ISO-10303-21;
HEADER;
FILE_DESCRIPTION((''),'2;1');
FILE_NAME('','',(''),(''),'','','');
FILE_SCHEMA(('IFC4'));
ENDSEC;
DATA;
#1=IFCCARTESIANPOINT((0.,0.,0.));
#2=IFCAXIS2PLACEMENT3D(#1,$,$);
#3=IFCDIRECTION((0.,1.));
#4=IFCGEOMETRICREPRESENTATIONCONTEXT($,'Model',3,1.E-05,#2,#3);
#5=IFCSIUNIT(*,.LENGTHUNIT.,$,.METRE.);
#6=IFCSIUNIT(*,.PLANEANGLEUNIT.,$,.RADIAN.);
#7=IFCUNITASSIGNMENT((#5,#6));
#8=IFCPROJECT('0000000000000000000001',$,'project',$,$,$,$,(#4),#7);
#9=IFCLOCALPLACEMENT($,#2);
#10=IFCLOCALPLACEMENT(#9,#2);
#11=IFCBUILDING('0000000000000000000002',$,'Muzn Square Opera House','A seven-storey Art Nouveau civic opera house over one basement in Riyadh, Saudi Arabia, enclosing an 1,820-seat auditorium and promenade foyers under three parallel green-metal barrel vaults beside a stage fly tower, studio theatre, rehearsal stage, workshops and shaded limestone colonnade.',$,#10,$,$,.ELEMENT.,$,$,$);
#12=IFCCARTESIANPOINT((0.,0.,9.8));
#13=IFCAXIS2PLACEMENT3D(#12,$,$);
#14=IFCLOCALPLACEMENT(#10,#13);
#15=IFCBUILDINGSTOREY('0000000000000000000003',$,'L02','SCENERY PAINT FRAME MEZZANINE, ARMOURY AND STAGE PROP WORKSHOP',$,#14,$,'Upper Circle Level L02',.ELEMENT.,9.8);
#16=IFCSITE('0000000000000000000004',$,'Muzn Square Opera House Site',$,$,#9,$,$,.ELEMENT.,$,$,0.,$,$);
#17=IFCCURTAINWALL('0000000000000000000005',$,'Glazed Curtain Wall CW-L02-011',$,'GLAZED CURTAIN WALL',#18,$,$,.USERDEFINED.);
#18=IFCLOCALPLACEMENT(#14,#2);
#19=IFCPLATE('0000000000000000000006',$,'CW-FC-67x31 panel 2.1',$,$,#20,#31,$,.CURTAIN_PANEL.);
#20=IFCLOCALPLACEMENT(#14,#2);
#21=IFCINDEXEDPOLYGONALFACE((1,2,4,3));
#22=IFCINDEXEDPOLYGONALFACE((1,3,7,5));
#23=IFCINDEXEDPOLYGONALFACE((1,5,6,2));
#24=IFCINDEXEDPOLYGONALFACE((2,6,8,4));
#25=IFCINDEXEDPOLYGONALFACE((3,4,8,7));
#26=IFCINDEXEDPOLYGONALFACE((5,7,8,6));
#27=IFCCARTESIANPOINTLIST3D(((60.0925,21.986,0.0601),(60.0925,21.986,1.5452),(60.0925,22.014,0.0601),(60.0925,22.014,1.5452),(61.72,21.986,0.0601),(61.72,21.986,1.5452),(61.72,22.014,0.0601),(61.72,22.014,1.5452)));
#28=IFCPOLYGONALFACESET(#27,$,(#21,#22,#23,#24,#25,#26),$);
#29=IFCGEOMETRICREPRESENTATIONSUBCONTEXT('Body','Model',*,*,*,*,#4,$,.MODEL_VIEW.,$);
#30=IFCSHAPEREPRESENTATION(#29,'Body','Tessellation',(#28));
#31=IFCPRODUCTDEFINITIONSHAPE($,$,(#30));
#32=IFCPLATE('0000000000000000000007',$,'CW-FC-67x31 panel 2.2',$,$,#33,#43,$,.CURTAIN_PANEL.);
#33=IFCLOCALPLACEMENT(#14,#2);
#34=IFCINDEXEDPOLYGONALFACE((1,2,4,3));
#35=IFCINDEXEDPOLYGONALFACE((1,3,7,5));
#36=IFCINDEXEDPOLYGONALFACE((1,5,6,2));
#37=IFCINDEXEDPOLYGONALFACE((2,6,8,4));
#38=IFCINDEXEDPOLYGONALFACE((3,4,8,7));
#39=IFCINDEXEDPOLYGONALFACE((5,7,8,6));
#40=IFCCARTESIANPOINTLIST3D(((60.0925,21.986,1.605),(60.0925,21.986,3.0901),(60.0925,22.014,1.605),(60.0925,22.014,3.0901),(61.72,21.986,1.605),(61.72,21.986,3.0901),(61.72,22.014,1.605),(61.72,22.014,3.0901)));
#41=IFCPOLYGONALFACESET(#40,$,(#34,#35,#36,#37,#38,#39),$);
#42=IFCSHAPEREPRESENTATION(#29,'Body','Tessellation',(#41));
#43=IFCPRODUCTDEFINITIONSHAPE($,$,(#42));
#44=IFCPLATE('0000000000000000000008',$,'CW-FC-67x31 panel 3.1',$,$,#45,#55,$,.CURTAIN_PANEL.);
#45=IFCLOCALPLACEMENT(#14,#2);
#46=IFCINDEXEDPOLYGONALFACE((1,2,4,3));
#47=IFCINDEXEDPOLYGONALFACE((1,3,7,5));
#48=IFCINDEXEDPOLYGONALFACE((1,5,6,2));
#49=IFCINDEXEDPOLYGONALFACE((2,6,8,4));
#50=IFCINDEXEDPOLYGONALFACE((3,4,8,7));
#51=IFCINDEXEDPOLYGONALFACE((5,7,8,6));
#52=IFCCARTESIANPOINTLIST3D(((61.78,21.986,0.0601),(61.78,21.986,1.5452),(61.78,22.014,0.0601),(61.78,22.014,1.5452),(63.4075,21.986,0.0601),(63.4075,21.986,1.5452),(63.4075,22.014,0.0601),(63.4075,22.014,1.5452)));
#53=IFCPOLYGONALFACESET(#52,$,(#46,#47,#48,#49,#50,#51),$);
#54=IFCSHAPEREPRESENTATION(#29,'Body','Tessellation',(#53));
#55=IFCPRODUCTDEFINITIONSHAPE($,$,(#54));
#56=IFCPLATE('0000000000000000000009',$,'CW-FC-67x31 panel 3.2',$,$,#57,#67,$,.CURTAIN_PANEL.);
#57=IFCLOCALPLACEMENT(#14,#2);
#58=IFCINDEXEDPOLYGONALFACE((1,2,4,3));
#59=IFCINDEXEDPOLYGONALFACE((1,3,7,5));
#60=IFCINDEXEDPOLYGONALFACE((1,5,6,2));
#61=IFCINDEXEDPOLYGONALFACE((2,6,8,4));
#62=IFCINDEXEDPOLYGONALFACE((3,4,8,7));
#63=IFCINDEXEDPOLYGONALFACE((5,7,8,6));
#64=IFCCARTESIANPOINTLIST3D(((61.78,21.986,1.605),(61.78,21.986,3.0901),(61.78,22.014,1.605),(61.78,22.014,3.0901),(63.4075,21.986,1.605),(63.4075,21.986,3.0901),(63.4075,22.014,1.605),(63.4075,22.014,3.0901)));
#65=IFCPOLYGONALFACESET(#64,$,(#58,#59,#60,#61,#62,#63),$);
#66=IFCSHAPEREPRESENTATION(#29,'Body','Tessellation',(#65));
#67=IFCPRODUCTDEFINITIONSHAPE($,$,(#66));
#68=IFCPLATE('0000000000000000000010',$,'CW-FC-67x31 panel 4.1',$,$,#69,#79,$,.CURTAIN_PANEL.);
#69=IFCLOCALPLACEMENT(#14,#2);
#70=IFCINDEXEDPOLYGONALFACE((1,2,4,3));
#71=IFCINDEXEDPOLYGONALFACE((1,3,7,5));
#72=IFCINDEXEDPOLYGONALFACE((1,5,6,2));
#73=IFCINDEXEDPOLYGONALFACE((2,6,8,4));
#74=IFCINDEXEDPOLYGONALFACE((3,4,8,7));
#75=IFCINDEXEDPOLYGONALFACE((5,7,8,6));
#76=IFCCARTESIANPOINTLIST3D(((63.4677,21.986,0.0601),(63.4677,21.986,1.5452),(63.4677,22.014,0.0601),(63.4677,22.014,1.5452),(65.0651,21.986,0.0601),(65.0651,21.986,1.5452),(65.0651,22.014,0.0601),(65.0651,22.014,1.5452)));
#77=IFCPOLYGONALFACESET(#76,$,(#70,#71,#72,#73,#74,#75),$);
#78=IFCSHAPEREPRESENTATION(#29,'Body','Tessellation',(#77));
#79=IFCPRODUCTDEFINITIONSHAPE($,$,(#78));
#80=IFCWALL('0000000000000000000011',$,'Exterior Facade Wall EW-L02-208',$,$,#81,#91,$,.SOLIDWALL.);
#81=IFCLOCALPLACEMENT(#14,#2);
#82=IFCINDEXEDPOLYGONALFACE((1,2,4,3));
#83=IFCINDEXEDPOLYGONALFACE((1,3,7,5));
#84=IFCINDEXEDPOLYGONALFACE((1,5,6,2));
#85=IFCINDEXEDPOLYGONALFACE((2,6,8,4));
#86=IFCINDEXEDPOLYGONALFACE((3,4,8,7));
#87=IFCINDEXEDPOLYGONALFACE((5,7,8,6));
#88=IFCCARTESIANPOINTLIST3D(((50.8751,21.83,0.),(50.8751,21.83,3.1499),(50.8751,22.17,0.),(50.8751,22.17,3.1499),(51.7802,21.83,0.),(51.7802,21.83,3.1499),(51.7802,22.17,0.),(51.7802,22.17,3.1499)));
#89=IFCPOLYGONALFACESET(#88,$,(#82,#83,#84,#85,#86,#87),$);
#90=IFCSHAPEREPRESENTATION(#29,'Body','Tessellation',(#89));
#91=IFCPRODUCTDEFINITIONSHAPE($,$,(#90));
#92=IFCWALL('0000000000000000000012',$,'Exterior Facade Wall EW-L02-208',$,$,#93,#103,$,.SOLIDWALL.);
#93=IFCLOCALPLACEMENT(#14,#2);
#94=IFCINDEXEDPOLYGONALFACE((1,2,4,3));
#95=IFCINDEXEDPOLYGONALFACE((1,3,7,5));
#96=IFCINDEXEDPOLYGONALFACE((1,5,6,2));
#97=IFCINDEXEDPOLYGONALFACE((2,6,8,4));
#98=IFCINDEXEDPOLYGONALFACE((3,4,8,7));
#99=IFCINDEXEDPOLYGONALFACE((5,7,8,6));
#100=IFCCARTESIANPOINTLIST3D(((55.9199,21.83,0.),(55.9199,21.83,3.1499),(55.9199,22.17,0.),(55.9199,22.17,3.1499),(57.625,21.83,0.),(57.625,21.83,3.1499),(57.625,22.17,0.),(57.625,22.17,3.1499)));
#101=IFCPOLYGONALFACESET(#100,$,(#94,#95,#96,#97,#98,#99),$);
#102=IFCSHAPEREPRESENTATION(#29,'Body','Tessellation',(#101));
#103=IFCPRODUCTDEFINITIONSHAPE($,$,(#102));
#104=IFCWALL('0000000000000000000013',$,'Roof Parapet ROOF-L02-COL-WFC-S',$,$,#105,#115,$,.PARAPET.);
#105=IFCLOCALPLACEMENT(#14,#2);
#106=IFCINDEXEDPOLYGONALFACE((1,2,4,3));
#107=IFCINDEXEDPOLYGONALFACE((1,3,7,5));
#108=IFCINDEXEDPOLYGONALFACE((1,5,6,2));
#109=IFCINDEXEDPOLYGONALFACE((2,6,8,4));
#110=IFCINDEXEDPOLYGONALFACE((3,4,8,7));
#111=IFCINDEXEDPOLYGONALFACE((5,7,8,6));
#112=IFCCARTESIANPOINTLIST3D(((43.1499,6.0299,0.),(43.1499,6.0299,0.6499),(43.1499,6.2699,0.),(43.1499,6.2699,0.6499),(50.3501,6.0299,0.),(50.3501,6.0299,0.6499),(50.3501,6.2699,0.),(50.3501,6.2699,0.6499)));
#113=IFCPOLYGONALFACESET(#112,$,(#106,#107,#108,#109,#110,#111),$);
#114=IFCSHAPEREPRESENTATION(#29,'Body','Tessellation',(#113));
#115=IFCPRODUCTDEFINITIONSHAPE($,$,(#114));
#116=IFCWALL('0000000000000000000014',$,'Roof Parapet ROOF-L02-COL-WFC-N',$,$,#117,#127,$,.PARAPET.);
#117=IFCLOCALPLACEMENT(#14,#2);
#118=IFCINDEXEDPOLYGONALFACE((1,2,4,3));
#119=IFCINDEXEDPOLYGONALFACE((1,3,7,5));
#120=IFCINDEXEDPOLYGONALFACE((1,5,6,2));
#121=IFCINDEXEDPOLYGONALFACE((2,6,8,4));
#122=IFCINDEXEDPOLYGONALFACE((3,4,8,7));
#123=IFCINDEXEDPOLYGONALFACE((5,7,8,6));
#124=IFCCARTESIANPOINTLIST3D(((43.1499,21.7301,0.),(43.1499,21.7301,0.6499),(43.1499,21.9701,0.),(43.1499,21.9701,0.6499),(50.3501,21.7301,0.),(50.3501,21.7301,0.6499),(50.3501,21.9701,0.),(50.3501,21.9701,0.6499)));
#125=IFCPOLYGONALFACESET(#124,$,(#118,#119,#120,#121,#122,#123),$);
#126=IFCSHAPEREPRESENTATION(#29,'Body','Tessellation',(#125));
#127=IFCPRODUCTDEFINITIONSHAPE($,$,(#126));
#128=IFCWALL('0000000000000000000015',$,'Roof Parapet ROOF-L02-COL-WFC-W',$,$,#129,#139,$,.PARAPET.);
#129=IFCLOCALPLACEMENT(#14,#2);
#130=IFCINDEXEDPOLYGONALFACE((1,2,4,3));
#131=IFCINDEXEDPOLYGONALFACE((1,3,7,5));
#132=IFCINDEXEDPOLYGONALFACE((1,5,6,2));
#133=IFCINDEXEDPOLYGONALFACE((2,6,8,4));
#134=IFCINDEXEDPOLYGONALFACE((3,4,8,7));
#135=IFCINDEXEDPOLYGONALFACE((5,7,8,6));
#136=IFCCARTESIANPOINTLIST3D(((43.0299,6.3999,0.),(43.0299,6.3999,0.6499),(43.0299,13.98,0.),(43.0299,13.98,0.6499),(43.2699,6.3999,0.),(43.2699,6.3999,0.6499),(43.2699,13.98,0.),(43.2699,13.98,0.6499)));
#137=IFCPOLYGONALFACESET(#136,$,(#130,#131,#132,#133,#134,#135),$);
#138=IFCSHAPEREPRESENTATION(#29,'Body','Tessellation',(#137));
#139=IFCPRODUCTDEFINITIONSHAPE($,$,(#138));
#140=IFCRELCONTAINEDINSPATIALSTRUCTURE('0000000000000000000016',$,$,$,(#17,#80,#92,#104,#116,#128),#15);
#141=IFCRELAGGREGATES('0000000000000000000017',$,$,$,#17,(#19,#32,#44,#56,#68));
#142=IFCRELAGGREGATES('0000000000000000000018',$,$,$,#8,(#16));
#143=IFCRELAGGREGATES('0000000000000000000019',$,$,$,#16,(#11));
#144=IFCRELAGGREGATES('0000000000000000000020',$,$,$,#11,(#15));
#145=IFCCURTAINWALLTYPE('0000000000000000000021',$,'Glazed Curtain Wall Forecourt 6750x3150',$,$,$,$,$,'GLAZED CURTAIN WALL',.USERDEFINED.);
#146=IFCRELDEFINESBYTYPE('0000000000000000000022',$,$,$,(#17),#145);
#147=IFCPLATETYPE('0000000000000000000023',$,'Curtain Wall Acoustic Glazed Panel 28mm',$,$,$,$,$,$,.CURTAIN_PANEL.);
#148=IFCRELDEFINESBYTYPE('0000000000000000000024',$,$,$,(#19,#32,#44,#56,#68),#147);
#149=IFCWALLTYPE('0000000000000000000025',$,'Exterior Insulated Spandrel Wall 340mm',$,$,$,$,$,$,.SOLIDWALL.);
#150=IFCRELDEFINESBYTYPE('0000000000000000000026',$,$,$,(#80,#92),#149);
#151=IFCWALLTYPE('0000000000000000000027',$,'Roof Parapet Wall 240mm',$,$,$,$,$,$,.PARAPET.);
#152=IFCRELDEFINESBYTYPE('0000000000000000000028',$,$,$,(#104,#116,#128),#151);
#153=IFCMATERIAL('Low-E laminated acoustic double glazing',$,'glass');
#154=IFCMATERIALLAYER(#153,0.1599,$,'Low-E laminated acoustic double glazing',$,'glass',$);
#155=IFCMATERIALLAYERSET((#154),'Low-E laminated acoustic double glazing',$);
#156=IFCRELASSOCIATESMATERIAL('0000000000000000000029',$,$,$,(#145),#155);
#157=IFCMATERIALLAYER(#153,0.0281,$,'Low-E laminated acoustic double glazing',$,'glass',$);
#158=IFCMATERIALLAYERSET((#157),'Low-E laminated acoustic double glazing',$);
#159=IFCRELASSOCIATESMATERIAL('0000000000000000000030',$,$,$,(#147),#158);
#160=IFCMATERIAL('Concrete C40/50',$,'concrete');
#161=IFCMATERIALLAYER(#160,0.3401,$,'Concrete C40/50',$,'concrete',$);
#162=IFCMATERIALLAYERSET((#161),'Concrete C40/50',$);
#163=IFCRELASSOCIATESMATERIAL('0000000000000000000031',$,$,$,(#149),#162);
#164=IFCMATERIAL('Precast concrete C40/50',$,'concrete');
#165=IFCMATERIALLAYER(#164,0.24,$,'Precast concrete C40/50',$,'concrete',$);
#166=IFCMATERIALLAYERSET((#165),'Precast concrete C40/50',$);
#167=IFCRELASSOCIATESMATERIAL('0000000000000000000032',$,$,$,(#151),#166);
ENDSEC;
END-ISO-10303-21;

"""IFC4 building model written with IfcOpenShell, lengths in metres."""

from ifc_helpers import new_model, si_unit, direction, frame, frame_2d, origin, origin_2d, place, context, subcontext, project, spatial, rectangle, extrude, material, layer, layer_set, type_object, element, aggregate, save


model = new_model("IFC4")

# Units and contexts
model_context = context("Model", 3, precision=1e-05, world=origin(), true_north=direction((0.0, 1.0)))
body_context = subcontext(model_context, "Body", "Model", "MODEL_VIEW")
ifc_project = project(units=[si_unit("LENGTHUNIT", "METRE"), si_unit("PLANEANGLEUNIT", "RADIAN")], contexts=[model_context])

# Site, building, storey
site_placement = place(None, origin())
site = spatial("IfcSite", under=ifc_project, at=site_placement, Name="Muzn Square Opera House Site", CompositionType="ELEMENT", RefElevation=0.0)
building_placement = place(site_placement, origin())
building = spatial("IfcBuilding", under=site, at=building_placement, Name="Muzn Square Opera House", Description="A seven-storey Art Nouveau civic opera house over one basement in Riyadh, Saudi Arabia, enclosing an 1,820-seat auditorium and promenade foyers under three parallel green-metal barrel vaults beside a stage fly tower, studio theatre, rehearsal stage, workshops and shaded limestone colonnade.", CompositionType="ELEMENT")
storey_placement = place(building_placement, frame((0.0, 0.0, 9.8)))
storey = spatial("IfcBuildingStorey", under=building, at=storey_placement, Name="L02", Description="SCENERY PAINT FRAME MEZZANINE, ARMOURY AND STAGE PROP WORKSHOP", LongName="Upper Circle Level L02", CompositionType="ELEMENT", Elevation=9.8)

# Curtain wall
ifc_material_1 = material(Name="Low-E laminated acoustic double glazing", Category="glass")
ifc_layer_1 = layer(ifc_material_1, 0.1599, Name="Low-E laminated acoustic double glazing", Category="glass")
ifc_layer_set_1 = layer_set([ifc_layer_1], Name="Low-E laminated acoustic double glazing")
curtain_wall_type = type_object("IfcCurtainWallType", Name="Glazed Curtain Wall Forecourt 6750x3150", ElementType="GLAZED CURTAIN WALL", PredefinedType="USERDEFINED", material=ifc_layer_set_1)
curtain_wall_placement = place(storey_placement, origin())
curtain_wall = element("IfcCurtainWall", 1, at=curtain_wall_placement, inside=storey, type_object=curtain_wall_type, Name="Glazed Curtain Wall CW-L02-011", ObjectType="GLAZED CURTAIN WALL", PredefinedType="USERDEFINED")

# Shared definitions
ifc_material_2 = material(Name="Concrete C40/50", Category="concrete")

# Plates
ifc_layer_2 = layer(ifc_material_1, 0.0281, Name="Low-E laminated acoustic double glazing", Category="glass")
ifc_layer_set_2 = layer_set([ifc_layer_2], Name="Low-E laminated acoustic double glazing")
plate_type = type_object("IfcPlateType", Name="Curtain Wall Acoustic Glazed Panel 28mm", PredefinedType="CURTAIN_PANEL", material=ifc_layer_set_2)
plate_1_placement = place(storey_placement, frame((60.9062, 22.0, 0.0601), z_axis=(0.0, 0.0, 1.0), x_axis=(1.0, 0.0, 0.0)))
plate_1 = element("IfcPlate", 2, at=plate_1_placement, type_object=plate_type, Name="CW-FC-67x31 panel 2.1", PredefinedType="CURTAIN_PANEL", context=body_context, shape_type="SweptSolid", body=[
    extrude(rectangle(XDim=1.6274, YDim=0.0281, at=origin_2d()), origin(), (0.0, 0.0, 1.0), 1.4851),
])
plate_2_placement = place(storey_placement, frame((60.9062, 22.0, 1.605), z_axis=(0.0, 0.0, 1.0), x_axis=(1.0, 0.0, 0.0)))
plate_2 = element("IfcPlate", 3, at=plate_2_placement, type_object=plate_type, Name="CW-FC-67x31 panel 2.2", PredefinedType="CURTAIN_PANEL", context=body_context, shape_type="SweptSolid", body=[
    extrude(rectangle(XDim=1.6274, YDim=0.0281, at=origin_2d()), origin(), (0.0, 0.0, 1.0), 1.4851),
])
plate_3_placement = place(storey_placement, frame((62.5938, 22.0, 0.0601), z_axis=(0.0, 0.0, 1.0), x_axis=(1.0, 0.0, 0.0)))
plate_3 = element("IfcPlate", 4, at=plate_3_placement, type_object=plate_type, Name="CW-FC-67x31 panel 3.1", PredefinedType="CURTAIN_PANEL", context=body_context, shape_type="SweptSolid", body=[
    extrude(rectangle(XDim=1.6274, YDim=0.0281, at=origin_2d()), origin(), (0.0, 0.0, 1.0), 1.4851),
])
plate_4_placement = place(storey_placement, frame((62.5938, 22.0, 1.605), z_axis=(0.0, 0.0, 1.0), x_axis=(1.0, 0.0, 0.0)))
plate_4 = element("IfcPlate", 5, at=plate_4_placement, type_object=plate_type, Name="CW-FC-67x31 panel 3.2", PredefinedType="CURTAIN_PANEL", context=body_context, shape_type="SweptSolid", body=[
    extrude(rectangle(XDim=1.6274, YDim=0.0281, at=origin_2d()), origin(), (0.0, 0.0, 1.0), 1.4851),
])
plate_5_placement = place(storey_placement, frame((64.2664, 22.0, 0.0601), z_axis=(0.0, 0.0, 1.0), x_axis=(1.0, 0.0, 0.0)))
plate_5 = element("IfcPlate", 6, at=plate_5_placement, type_object=plate_type, Name="CW-FC-67x31 panel 4.1", PredefinedType="CURTAIN_PANEL", context=body_context, shape_type="SweptSolid", body=[
    extrude(rectangle(XDim=1.5974, YDim=0.0281, at=origin_2d()), origin(), (0.0, 0.0, 1.0), 1.4851),
])
aggregate(curtain_wall, [plate_1, plate_2, plate_3, plate_4, plate_5])

# Walls
ifc_layer_3 = layer(ifc_material_2, 0.3401, Name="Concrete C40/50", Category="concrete")
ifc_layer_set_3 = layer_set([ifc_layer_3], Name="Concrete C40/50")
wall_type_1 = type_object("IfcWallType", Name="Exterior Insulated Spandrel Wall 340mm", PredefinedType="SOLIDWALL", material=ifc_layer_set_3)
wall_1_placement = place(storey_placement, frame((50.875, 22.0, 0.0), z_axis=(0.0, 0.0, 1.0), x_axis=(1.0, 0.0, 0.0)))
element("IfcWall", 7, at=wall_1_placement, inside=storey, type_object=wall_type_1, Name="Exterior Facade Wall EW-L02-208", PredefinedType="SOLIDWALL", context=body_context, shape_type="SweptSolid", body=[
    extrude(rectangle(XDim=0.905, YDim=0.3401, at=frame_2d((0.4526, 0.0))), origin(), (0.0, 0.0, 1.0), 3.1499),
])
wall_2_placement = place(storey_placement, frame((55.9199, 22.0, 0.0), z_axis=(0.0, 0.0, 1.0), x_axis=(1.0, 0.0, 0.0)))
element("IfcWall", 8, at=wall_2_placement, inside=storey, type_object=wall_type_1, Name="Exterior Facade Wall EW-L02-208", PredefinedType="SOLIDWALL", context=body_context, shape_type="SweptSolid", body=[
    extrude(rectangle(XDim=1.7051, YDim=0.3401, at=frame_2d((0.8525, 0.0))), origin(), (0.0, 0.0, 1.0), 3.1499),
])
ifc_material_3 = material(Name="Precast concrete C40/50", Category="concrete")
ifc_layer_4 = layer(ifc_material_3, 0.24, Name="Precast concrete C40/50", Category="concrete")
ifc_layer_set_4 = layer_set([ifc_layer_4], Name="Precast concrete C40/50")
wall_type_2 = type_object("IfcWallType", Name="Roof Parapet Wall 240mm", PredefinedType="PARAPET", material=ifc_layer_set_4)
for number, where, z_axis, x_axis, name in (
    (9, (43.1499, 6.1499, 0.0), (0.0, 0.0, 1.0), (1.0, 0.0, 0.0), "Roof Parapet ROOF-L02-COL-WFC-S"),
    (10, (43.1499, 21.8501, 0.0), (0.0, 0.0, 1.0), (1.0, 0.0, 0.0), "Roof Parapet ROOF-L02-COL-WFC-N"),
):
    element("IfcWall", number, at=place(storey_placement, frame(where, z_axis=z_axis, x_axis=x_axis)), inside=storey, type_object=wall_type_2, Name=name, PredefinedType="PARAPET", context=body_context, shape_type="SweptSolid", body=[
        extrude(rectangle(XDim=7.2002, YDim=0.24, at=frame_2d((3.6001, 0.0))), origin(), (0.0, 0.0, 1.0), 0.6499),
    ])
wall_3_placement = place(storey_placement, frame((43.1499, 6.3999, 0.0), z_axis=(0.0, 0.0, 1.0), x_axis=(0.0, 1.0, 0.0)))
element("IfcWall", 11, at=wall_3_placement, inside=storey, type_object=wall_type_2, Name="Roof Parapet ROOF-L02-COL-WFC-W", PredefinedType="PARAPET", context=body_context, shape_type="SweptSolid", body=[
    extrude(rectangle(XDim=7.5801, YDim=0.24, at=frame_2d((3.79, 0.0))), origin(), (0.0, 0.0, 1.0), 0.6499),
])

save(model, "model.ifc")
